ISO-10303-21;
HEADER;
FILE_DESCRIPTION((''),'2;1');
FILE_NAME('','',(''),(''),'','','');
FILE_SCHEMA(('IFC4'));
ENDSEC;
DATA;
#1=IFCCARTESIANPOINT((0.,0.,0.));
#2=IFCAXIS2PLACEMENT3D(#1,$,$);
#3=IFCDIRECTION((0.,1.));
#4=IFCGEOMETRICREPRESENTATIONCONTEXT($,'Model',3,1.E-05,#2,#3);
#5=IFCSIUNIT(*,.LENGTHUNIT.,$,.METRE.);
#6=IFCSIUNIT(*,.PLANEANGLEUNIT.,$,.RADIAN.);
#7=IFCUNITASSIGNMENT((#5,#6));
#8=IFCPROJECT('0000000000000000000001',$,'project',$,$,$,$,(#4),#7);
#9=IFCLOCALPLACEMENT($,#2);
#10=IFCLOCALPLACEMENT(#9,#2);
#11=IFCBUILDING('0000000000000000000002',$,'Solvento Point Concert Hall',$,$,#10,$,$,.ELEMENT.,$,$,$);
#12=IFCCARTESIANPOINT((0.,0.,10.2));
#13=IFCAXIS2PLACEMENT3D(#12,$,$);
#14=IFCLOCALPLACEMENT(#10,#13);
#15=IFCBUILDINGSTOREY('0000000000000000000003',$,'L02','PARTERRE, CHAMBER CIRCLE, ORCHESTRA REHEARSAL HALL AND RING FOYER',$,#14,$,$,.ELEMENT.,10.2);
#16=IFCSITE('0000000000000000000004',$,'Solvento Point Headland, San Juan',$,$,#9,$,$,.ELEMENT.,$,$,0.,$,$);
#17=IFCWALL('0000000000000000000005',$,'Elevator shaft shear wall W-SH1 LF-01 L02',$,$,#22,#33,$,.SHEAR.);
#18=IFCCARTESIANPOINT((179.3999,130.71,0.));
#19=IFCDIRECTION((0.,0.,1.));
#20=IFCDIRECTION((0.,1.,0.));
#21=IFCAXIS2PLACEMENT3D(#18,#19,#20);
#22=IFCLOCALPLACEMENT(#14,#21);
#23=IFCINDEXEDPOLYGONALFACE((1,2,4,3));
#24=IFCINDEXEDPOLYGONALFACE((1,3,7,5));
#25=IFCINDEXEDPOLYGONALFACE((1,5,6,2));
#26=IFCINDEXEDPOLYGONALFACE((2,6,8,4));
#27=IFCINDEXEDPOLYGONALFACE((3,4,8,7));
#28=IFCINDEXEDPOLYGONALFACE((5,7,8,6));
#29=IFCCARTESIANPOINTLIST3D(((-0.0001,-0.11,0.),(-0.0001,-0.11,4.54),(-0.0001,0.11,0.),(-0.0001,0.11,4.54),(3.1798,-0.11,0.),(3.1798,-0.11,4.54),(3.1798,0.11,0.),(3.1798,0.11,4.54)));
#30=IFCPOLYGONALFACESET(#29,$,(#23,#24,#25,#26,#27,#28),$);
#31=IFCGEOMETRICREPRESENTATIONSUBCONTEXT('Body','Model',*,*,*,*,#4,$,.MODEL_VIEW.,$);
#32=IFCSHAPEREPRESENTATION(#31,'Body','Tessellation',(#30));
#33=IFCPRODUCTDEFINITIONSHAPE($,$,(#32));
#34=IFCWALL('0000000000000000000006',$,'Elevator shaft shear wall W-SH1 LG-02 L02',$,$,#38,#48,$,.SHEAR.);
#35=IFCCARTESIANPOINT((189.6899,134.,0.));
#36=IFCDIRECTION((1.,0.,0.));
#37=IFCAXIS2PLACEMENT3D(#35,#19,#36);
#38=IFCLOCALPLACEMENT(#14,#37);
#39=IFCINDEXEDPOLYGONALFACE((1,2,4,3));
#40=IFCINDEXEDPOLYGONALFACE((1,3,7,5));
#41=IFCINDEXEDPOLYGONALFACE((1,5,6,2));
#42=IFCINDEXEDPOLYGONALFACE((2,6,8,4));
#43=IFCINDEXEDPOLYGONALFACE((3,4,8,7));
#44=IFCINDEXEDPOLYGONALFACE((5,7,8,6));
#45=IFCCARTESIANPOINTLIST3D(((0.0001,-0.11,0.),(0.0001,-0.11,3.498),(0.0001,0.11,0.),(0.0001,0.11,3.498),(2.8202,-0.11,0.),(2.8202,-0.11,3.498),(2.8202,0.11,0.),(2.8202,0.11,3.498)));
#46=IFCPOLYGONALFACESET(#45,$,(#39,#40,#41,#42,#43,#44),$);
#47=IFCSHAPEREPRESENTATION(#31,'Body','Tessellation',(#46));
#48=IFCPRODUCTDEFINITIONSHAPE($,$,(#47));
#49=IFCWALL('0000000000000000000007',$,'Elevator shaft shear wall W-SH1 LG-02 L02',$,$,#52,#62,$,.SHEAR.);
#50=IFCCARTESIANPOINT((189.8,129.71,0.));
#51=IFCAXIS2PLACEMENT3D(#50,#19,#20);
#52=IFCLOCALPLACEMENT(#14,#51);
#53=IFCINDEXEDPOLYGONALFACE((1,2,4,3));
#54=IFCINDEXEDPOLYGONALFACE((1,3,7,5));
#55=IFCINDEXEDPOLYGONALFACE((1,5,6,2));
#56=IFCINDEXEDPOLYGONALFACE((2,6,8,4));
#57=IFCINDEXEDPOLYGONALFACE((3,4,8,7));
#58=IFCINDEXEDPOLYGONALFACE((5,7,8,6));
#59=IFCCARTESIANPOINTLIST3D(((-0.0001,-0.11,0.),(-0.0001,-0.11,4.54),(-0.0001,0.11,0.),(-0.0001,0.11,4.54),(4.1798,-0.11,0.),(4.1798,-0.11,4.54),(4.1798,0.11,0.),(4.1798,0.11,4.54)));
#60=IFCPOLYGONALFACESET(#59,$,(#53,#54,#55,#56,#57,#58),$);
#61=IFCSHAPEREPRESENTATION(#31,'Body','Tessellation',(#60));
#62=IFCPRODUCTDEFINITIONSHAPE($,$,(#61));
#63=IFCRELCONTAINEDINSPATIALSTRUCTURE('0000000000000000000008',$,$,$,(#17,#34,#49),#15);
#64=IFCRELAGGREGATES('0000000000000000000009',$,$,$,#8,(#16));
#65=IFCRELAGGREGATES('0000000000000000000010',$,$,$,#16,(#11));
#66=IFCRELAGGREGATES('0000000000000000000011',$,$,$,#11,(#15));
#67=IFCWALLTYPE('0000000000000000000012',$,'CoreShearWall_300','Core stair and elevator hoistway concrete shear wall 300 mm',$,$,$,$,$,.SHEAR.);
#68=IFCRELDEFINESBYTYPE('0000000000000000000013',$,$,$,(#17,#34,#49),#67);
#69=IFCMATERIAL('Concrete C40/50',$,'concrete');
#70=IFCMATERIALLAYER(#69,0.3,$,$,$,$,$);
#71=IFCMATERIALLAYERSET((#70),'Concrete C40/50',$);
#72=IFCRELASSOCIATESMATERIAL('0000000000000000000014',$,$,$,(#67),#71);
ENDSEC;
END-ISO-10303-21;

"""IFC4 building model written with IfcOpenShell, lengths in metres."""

from ifc_helpers import new_model, si_unit, direction, frame, frame_2d, origin, place, context, subcontext, project, spatial, rectangle, extrude, material, layer, layer_set, type_object, element, save


model = new_model("IFC4")

# Units and contexts
model_context = context("Model", 3, precision=1e-05, world=origin(), true_north=direction((0.0, 1.0)))
body_context = subcontext(model_context, "Body", "Model", "MODEL_VIEW")
ifc_project = project(units=[si_unit("LENGTHUNIT", "METRE"), si_unit("PLANEANGLEUNIT", "RADIAN")], contexts=[model_context])

# Site, building, storey
site_placement = place(None, origin())
site = spatial("IfcSite", under=ifc_project, at=site_placement, Name="Solvento Point Headland, San Juan", CompositionType="ELEMENT", RefElevation=0.0)
building_placement = place(site_placement, origin())
building = spatial("IfcBuilding", under=site, at=building_placement, Name="Solvento Point Concert Hall", CompositionType="ELEMENT")
storey_placement = place(building_placement, frame((0.0, 0.0, 10.2)))
storey = spatial("IfcBuildingStorey", under=building, at=storey_placement, Name="L02", Description="PARTERRE, CHAMBER CIRCLE, ORCHESTRA REHEARSAL HALL AND RING FOYER", CompositionType="ELEMENT", Elevation=10.2)

# Wall
ifc_material_1 = material(Name="Concrete C40/50", Category="concrete")
ifc_layer_1 = layer(ifc_material_1, 0.3)
ifc_layer_set_1 = layer_set([ifc_layer_1], Name="Concrete C40/50")
wall_type_1 = type_object("IfcWallType", Name="CoreShearWall_300", Description="Core stair and elevator hoistway concrete shear wall 300 mm", PredefinedType="SHEAR", material=ifc_layer_set_1)
wall_1_placement = place(storey_placement, frame((179.3999, 130.71, 0.0), z_axis=(0.0, 0.0, 1.0), x_axis=(0.0, 1.0, 0.0)))
element("IfcWall", 1, at=wall_1_placement, inside=storey, type_object=wall_type_1, Name="Elevator shaft shear wall W-SH1 LF-01 L02", PredefinedType="SHEAR", context=body_context, shape_type="SweptSolid", body=[
    extrude(rectangle(XDim=3.1799, YDim=0.22, at=frame_2d((1.5898, 0.0))), origin(), (0.0, 0.0, 1.0), 4.54),
])

# Walls
wall_2_placement = place(storey_placement, frame((189.6899, 134.0, 0.0), z_axis=(0.0, 0.0, 1.0), x_axis=(1.0, 0.0, 0.0)))
element("IfcWall", 2, at=wall_2_placement, inside=storey, type_object=wall_type_1, Name="Elevator shaft shear wall W-SH1 LG-02 L02", PredefinedType="SHEAR", context=body_context, shape_type="SweptSolid", body=[
    extrude(rectangle(XDim=2.8201, YDim=0.22, at=frame_2d((1.4102, 0.0))), origin(), (0.0, 0.0, 1.0), 3.498),
])
wall_3_placement = place(storey_placement, frame((189.8, 129.71, 0.0), z_axis=(0.0, 0.0, 1.0), x_axis=(0.0, 1.0, 0.0)))
element("IfcWall", 3, at=wall_3_placement, inside=storey, type_object=wall_type_1, Name="Elevator shaft shear wall W-SH1 LG-02 L02", PredefinedType="SHEAR", context=body_context, shape_type="SweptSolid", body=[
    extrude(rectangle(XDim=4.1799, YDim=0.22, at=frame_2d((2.0898, 0.0))), origin(), (0.0, 0.0, 1.0), 4.54),
])

save(model, "model.ifc")
